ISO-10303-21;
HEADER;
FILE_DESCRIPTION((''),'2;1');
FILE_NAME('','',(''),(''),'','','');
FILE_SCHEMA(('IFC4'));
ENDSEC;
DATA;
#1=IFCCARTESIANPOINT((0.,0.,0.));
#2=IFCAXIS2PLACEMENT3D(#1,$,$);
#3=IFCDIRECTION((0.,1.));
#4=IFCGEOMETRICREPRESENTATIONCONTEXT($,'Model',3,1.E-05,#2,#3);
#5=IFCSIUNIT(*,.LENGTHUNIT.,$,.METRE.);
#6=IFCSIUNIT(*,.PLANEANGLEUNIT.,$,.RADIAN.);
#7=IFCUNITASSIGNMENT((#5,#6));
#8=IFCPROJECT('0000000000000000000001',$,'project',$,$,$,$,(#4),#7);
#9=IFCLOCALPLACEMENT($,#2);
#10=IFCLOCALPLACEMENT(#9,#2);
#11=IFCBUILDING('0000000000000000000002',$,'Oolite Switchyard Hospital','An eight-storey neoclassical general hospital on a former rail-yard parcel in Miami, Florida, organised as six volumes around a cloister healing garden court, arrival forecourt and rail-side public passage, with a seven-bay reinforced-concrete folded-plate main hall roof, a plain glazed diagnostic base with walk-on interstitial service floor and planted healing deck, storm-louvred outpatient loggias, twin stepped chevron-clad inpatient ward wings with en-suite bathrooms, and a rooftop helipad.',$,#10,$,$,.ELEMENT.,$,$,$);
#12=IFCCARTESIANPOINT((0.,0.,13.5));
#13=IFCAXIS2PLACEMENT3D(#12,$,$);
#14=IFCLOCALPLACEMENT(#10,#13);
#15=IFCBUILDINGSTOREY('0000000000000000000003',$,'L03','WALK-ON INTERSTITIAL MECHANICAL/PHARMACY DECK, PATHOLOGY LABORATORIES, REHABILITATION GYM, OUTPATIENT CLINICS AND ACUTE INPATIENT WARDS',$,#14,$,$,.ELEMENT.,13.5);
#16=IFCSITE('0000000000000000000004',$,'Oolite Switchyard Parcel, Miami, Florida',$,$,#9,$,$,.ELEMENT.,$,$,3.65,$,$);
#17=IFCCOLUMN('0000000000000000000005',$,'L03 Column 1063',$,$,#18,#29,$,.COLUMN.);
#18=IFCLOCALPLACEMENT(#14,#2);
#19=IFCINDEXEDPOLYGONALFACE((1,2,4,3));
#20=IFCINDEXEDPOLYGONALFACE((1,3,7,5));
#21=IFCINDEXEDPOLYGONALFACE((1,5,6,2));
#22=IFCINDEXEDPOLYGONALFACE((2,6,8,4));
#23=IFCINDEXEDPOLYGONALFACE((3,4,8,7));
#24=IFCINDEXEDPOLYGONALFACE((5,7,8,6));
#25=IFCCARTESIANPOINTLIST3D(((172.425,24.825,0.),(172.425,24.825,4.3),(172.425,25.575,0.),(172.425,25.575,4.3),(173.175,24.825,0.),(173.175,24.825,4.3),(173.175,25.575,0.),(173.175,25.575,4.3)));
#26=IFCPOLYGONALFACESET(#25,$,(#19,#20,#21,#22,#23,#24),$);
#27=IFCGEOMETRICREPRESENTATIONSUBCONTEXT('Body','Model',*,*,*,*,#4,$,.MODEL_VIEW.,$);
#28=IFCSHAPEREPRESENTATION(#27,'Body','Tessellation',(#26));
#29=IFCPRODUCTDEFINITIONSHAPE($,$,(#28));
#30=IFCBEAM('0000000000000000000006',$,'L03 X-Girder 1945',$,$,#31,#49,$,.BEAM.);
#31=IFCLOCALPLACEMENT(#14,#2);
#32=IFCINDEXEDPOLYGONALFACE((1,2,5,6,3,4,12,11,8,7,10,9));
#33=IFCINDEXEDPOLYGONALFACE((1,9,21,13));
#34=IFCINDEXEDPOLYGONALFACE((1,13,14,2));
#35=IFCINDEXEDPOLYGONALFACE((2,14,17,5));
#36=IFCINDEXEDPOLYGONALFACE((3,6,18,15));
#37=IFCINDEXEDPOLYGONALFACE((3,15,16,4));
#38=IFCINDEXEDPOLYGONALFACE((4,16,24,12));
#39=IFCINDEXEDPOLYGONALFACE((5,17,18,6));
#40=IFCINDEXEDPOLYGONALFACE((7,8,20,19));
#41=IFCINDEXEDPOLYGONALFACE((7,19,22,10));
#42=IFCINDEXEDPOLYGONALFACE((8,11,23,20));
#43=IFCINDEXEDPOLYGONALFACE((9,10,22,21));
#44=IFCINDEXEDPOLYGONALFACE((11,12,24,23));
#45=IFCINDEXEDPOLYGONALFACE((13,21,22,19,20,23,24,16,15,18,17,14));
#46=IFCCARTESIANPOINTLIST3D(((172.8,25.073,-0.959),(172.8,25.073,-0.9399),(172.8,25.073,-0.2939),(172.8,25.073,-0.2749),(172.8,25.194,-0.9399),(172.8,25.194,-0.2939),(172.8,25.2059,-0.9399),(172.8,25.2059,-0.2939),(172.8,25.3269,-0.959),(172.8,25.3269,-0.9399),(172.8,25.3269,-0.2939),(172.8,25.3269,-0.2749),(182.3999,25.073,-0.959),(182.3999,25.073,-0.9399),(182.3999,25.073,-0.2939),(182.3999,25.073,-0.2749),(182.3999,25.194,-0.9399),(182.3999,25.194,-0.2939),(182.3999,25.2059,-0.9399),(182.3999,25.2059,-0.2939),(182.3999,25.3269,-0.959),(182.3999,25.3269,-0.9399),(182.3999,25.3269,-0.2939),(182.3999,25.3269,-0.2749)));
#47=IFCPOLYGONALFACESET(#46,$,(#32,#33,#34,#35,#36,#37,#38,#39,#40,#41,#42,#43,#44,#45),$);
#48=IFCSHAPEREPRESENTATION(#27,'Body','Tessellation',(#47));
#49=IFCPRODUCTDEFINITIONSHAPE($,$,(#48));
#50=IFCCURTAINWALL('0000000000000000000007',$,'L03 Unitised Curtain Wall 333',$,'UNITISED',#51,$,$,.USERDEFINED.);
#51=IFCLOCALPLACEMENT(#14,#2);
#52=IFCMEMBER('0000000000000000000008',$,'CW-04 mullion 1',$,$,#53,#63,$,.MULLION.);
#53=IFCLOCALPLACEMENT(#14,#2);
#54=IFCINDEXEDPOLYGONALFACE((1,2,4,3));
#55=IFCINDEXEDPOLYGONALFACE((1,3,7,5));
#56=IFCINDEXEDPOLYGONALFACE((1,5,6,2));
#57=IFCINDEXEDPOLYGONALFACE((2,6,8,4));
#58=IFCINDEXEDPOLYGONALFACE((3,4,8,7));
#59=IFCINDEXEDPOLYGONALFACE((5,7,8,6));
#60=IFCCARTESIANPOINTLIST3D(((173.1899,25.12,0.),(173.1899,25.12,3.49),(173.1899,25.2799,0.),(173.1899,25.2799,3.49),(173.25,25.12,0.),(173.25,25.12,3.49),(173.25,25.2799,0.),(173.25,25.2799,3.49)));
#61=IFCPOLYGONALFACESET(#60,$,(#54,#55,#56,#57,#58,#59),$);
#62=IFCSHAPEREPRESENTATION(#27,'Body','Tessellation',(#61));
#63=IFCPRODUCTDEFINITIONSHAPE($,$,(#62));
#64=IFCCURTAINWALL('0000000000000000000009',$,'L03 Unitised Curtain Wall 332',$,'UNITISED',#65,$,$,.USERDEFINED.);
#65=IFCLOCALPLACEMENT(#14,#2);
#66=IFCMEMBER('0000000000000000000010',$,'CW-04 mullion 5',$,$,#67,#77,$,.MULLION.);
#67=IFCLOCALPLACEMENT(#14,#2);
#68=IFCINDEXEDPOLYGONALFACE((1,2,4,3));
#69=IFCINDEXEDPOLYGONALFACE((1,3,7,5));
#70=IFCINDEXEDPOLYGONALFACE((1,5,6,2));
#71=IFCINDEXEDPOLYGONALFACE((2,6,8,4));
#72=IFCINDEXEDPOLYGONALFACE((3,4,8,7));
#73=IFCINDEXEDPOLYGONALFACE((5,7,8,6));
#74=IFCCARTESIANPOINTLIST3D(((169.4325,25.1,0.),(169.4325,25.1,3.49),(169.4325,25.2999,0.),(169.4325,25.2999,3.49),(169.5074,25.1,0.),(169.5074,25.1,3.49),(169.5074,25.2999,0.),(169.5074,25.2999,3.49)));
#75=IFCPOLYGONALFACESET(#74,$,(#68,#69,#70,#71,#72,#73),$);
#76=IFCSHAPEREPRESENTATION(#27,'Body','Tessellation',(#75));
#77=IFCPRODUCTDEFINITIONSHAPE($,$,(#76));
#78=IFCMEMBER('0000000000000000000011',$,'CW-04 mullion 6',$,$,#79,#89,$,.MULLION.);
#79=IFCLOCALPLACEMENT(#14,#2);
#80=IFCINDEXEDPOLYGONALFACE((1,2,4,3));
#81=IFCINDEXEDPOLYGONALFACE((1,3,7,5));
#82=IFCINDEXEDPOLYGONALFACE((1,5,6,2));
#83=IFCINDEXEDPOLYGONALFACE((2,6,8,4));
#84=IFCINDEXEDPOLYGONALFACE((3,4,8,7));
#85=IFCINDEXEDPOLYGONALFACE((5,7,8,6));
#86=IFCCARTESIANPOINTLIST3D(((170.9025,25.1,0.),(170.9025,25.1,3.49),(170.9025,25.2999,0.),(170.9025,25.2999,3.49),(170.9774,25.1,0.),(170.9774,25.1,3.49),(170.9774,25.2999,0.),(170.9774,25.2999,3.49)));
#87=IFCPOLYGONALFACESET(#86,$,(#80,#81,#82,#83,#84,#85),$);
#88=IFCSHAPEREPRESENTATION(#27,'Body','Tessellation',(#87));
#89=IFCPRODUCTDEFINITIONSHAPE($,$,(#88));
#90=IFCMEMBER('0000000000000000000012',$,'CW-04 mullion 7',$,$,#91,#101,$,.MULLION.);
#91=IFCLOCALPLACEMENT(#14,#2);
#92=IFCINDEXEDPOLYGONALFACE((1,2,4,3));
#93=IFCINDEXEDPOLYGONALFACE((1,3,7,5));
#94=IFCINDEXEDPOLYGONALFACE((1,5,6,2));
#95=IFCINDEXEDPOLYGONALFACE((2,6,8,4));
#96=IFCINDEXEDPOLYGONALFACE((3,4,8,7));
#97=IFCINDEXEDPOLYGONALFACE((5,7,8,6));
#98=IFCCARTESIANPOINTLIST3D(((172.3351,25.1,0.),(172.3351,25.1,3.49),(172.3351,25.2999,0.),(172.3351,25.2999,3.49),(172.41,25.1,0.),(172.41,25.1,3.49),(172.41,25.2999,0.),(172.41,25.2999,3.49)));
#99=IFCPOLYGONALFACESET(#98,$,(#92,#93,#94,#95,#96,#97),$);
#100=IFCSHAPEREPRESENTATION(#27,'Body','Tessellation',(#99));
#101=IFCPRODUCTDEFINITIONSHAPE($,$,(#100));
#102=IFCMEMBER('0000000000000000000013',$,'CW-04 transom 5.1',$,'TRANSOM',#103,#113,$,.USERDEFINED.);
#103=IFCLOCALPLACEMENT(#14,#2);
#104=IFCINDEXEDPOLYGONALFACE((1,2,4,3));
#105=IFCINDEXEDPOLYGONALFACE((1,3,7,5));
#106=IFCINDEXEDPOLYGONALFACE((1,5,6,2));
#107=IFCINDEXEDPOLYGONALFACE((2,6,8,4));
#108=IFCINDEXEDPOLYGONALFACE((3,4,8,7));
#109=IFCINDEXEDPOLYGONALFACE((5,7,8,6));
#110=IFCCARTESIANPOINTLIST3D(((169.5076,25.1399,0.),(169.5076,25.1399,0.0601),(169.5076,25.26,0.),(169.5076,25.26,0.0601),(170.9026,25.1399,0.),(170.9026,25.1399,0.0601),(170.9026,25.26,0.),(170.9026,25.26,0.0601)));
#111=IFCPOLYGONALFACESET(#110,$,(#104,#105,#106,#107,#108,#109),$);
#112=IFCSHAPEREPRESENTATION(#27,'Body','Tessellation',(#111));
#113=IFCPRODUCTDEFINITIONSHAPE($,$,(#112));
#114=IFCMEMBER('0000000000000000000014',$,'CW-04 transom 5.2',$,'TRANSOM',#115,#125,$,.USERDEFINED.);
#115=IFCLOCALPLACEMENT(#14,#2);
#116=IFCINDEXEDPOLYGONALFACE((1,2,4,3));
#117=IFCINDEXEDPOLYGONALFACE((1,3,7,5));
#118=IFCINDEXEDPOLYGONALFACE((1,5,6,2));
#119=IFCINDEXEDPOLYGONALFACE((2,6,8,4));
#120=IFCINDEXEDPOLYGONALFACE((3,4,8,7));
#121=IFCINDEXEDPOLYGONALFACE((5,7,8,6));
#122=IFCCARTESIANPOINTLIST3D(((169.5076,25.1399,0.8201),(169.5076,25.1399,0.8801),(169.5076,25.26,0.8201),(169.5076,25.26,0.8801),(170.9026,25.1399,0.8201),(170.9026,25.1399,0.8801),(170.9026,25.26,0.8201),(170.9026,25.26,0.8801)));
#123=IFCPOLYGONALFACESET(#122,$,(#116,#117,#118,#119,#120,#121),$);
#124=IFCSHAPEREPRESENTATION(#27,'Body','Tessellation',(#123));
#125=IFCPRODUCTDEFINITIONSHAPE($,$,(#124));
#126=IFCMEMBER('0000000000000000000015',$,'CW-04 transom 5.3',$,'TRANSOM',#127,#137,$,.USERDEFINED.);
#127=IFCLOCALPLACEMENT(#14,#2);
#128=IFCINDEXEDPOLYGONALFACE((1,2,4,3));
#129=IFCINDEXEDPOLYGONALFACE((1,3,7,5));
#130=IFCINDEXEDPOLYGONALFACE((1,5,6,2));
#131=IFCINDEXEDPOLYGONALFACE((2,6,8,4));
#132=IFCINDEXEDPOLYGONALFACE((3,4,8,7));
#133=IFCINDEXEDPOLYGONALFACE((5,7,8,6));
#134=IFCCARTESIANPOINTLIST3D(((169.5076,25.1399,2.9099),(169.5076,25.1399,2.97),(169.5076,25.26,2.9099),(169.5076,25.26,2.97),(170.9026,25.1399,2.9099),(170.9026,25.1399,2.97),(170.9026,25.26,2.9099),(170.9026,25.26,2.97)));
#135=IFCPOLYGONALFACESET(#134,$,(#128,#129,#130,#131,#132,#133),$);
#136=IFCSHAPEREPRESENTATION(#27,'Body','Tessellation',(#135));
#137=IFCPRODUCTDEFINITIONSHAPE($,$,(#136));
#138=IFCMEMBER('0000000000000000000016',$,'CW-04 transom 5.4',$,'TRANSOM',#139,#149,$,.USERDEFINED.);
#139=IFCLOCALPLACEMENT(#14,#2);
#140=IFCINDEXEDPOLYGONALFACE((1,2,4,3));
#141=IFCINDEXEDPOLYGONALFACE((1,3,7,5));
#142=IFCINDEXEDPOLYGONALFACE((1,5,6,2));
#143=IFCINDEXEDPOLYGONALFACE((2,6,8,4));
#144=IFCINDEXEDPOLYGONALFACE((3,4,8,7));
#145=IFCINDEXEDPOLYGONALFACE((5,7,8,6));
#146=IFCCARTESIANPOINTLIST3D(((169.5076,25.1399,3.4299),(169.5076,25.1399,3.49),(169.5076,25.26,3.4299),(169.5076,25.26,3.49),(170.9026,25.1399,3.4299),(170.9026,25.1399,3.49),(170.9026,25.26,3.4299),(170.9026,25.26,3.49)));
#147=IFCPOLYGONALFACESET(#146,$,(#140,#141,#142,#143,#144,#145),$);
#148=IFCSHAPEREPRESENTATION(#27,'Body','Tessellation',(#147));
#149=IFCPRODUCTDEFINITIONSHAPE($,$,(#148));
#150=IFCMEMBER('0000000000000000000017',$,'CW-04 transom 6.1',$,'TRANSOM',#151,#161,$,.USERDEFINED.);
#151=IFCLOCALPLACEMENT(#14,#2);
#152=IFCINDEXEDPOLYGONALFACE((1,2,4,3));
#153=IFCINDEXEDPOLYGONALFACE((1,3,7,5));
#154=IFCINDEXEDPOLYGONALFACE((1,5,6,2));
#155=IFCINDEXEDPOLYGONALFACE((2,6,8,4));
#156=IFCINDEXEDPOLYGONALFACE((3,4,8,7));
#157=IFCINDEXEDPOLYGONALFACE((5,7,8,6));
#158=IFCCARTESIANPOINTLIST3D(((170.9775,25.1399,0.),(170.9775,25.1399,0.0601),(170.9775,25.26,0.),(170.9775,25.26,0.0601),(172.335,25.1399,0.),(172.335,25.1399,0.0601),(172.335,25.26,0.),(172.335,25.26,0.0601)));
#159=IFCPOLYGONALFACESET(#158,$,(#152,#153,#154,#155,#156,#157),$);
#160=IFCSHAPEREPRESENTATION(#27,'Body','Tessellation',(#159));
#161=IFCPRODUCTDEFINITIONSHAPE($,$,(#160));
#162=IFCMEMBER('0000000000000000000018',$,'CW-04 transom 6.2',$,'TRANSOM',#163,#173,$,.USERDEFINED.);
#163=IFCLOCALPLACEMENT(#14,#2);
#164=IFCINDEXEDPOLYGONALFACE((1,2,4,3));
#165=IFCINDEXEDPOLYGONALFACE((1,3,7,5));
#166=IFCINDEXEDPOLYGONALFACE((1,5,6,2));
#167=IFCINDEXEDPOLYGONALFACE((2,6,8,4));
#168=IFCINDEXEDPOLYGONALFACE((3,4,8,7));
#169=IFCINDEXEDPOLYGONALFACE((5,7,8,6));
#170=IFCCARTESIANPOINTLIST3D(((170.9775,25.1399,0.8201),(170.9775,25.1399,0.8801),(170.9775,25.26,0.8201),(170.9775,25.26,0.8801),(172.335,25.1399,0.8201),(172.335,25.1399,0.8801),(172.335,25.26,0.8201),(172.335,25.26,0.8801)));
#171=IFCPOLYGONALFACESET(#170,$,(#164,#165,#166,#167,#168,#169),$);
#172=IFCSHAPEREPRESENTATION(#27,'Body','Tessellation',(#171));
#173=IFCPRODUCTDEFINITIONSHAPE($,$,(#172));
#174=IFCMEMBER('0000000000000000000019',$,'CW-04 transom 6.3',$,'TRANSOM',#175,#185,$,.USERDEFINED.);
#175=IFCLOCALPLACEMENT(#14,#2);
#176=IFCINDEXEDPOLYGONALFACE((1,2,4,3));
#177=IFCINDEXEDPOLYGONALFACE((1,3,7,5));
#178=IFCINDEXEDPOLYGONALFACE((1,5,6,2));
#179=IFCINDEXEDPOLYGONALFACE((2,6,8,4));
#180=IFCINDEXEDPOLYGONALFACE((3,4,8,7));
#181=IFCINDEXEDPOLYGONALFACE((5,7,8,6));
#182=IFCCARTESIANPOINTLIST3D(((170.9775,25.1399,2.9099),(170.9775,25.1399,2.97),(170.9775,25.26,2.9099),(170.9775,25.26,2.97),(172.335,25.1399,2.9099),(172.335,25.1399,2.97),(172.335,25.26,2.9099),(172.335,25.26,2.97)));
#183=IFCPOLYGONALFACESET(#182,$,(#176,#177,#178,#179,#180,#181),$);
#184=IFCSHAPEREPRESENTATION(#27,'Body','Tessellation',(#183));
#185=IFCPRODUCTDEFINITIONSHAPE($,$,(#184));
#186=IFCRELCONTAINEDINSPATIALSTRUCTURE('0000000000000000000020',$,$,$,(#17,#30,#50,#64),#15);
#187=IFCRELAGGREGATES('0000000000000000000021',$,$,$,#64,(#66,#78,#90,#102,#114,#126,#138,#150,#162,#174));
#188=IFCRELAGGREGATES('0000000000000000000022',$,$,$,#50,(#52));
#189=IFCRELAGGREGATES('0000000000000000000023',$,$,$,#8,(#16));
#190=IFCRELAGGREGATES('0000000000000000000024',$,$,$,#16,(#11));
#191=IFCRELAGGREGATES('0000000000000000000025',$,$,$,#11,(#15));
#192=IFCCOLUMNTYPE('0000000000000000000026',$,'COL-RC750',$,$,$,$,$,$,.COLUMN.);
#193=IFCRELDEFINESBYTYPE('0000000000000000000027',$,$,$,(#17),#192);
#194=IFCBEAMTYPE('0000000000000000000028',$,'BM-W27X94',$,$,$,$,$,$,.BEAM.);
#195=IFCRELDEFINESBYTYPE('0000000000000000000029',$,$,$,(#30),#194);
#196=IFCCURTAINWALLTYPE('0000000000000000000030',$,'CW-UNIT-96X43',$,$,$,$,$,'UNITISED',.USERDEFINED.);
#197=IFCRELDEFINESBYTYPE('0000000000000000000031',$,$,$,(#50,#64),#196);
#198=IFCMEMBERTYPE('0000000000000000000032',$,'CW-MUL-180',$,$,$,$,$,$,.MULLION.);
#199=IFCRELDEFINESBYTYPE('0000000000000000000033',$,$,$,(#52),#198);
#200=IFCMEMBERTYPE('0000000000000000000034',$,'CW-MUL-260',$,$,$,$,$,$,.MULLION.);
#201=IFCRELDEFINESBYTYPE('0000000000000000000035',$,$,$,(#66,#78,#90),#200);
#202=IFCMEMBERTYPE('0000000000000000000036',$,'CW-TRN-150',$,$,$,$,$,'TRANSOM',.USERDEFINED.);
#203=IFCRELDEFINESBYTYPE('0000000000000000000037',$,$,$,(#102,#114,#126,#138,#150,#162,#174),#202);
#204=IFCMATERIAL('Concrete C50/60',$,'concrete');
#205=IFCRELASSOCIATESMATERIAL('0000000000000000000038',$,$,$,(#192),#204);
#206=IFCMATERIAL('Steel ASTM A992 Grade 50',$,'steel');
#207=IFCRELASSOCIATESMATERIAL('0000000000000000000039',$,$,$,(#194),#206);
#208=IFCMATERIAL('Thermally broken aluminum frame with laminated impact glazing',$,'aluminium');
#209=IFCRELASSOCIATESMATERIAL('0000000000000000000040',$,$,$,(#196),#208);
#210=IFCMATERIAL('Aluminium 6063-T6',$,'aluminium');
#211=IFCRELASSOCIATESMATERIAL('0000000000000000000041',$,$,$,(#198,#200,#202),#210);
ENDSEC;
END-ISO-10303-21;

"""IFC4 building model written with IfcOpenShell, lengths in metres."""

from ifc_helpers import new_model, si_unit, direction, frame, origin, origin_2d, place, context, subcontext, project, spatial, rectangle, i_section, extrude, material, material_profile, profile_set, type_object, element, aggregate, save


model = new_model("IFC4")

# Units and contexts
model_context = context("Model", 3, precision=1e-05, world=origin(), true_north=direction((0.0, 1.0)))
body_context = subcontext(model_context, "Body", "Model", "MODEL_VIEW")
ifc_project = project(units=[si_unit("LENGTHUNIT", "METRE"), si_unit("PLANEANGLEUNIT", "RADIAN")], contexts=[model_context])

# Site, building, storey
site_placement = place(None, origin())
site = spatial("IfcSite", under=ifc_project, at=site_placement, Name="Oolite Switchyard Parcel, Miami, Florida", CompositionType="ELEMENT", RefElevation=3.65)
building_placement = place(site_placement, origin())
building = spatial("IfcBuilding", under=site, at=building_placement, Name="Oolite Switchyard Hospital", Description="An eight-storey neoclassical general hospital on a former rail-yard parcel in Miami, Florida, organised as six volumes around a cloister healing garden court, arrival forecourt and rail-side public passage, with a seven-bay reinforced-concrete folded-plate main hall roof, a plain glazed diagnostic base with walk-on interstitial service floor and planted healing deck, storm-louvred outpatient loggias, twin stepped chevron-clad inpatient ward wings with en-suite bathrooms, and a rooftop helipad.", CompositionType="ELEMENT")
storey_placement = place(building_placement, frame((0.0, 0.0, 13.5)))
storey = spatial("IfcBuildingStorey", under=building, at=storey_placement, Name="L03", Description="WALK-ON INTERSTITIAL MECHANICAL/PHARMACY DECK, PATHOLOGY LABORATORIES, REHABILITATION GYM, OUTPATIENT CLINICS AND ACUTE INPATIENT WARDS", CompositionType="ELEMENT", Elevation=13.5)

# Column
ifc_material_1 = material(Name="Concrete C50/60", Category="concrete")
ifc_material_profile_1 = material_profile(ifc_material_1, rectangle(XDim=0.75, YDim=0.75, at=origin_2d()), Name="RC750X750")
ifc_profile_set_1 = profile_set([ifc_material_profile_1], Name="Concrete C50/60")
column_type = type_object("IfcColumnType", Name="COL-RC750", PredefinedType="COLUMN", material=ifc_profile_set_1)
column_placement = place(storey_placement, frame((172.8, 25.2, 0.0), z_axis=(0.0, 0.0, 1.0), x_axis=(1.0, 0.0, 0.0)))
element("IfcColumn", 1, at=column_placement, inside=storey, type_object=column_type, Name="L03 Column 1063", PredefinedType="COLUMN", context=body_context, shape_type="SweptSolid", body=[
    extrude(rectangle(XDim=0.75, YDim=0.75, at=origin_2d()), origin(), (0.0, 0.0, 1.0), 4.3),
])

# Beam
ifc_material_2 = material(Name="Steel ASTM A992 Grade 50", Category="steel")
ifc_material_profile_2 = material_profile(ifc_material_2, i_section(OverallWidth=0.2539, OverallDepth=0.6841, WebThickness=0.012, FlangeThickness=0.019, at=origin_2d()), Name="W27X94")
ifc_profile_set_2 = profile_set([ifc_material_profile_2], Name="Steel ASTM A992 Grade 50")
beam_type = type_object("IfcBeamType", Name="BM-W27X94", PredefinedType="BEAM", material=ifc_profile_set_2)
beam_placement = place(storey_placement, frame((172.8, 25.2, -0.6169), z_axis=(1.0, 0.0, 0.0), x_axis=(0.0, 1.0, 0.0)))
element("IfcBeam", 2, at=beam_placement, inside=storey, type_object=beam_type, Name="L03 X-Girder 1945", PredefinedType="BEAM", context=body_context, shape_type="SweptSolid", body=[
    extrude(i_section(OverallWidth=0.2539, OverallDepth=0.6841, WebThickness=0.012, FlangeThickness=0.019, at=origin_2d()), origin(), (0.0, 0.0, 1.0), 9.5999),
])

# Curtain wall, member
ifc_material_3 = material(Name="Thermally broken aluminum frame with laminated impact glazing", Category="aluminium")
curtain_wall_type = type_object("IfcCurtainWallType", Name="CW-UNIT-96X43", ElementType="UNITISED", PredefinedType="USERDEFINED", material=ifc_material_3)
curtain_wall_1_placement = place(storey_placement, origin())
curtain_wall_1 = element("IfcCurtainWall", 3, at=curtain_wall_1_placement, inside=storey, type_object=curtain_wall_type, Name="L03 Unitised Curtain Wall 333", ObjectType="UNITISED", PredefinedType="USERDEFINED")
ifc_material_4 = material(Name="Aluminium 6063-T6", Category="aluminium")
ifc_material_profile_3 = material_profile(ifc_material_4, rectangle(XDim=0.1599, YDim=0.0601, at=origin_2d()), Name="CWM60X160")
ifc_profile_set_3 = profile_set([ifc_material_profile_3], Name="Aluminium 6063-T6")
member_type_1 = type_object("IfcMemberType", Name="CW-MUL-180", PredefinedType="MULLION", material=ifc_profile_set_3)
member_1_placement = place(storey_placement, frame((173.22, 25.2, 0.0), z_axis=(0.0, 0.0, 1.0), x_axis=(0.0, 1.0, 0.0)))
member_1 = element("IfcMember", 4, at=member_1_placement, type_object=member_type_1, Name="CW-04 mullion 1", PredefinedType="MULLION", context=body_context, shape_type="SweptSolid", body=[
    extrude(rectangle(XDim=0.1599, YDim=0.0601, at=origin_2d()), origin(), (0.0, 0.0, 1.0), 3.49),
])

# Curtain wall, members
curtain_wall_2_placement = place(storey_placement, origin())
curtain_wall_2 = element("IfcCurtainWall", 5, at=curtain_wall_2_placement, inside=storey, type_object=curtain_wall_type, Name="L03 Unitised Curtain Wall 332", ObjectType="UNITISED", PredefinedType="USERDEFINED")
ifc_material_profile_4 = material_profile(ifc_material_4, rectangle(XDim=0.2, YDim=0.075, at=origin_2d()), Name="CWM75X200")
ifc_profile_set_4 = profile_set([ifc_material_profile_4], Name="Aluminium 6063-T6")
member_type_2 = type_object("IfcMemberType", Name="CW-MUL-260", PredefinedType="MULLION", material=ifc_profile_set_4)
member_2_placement = place(storey_placement, frame((169.47, 25.2, 0.0), z_axis=(0.0, 0.0, 1.0), x_axis=(0.0, 1.0, 0.0)))
member_2 = element("IfcMember", 6, at=member_2_placement, type_object=member_type_2, Name="CW-04 mullion 5", PredefinedType="MULLION", context=body_context, shape_type="SweptSolid", body=[
    extrude(rectangle(XDim=0.2, YDim=0.075, at=origin_2d()), origin(), (0.0, 0.0, 1.0), 3.49),
])
member_3_placement = place(storey_placement, frame((170.9399, 25.2, 0.0), z_axis=(0.0, 0.0, 1.0), x_axis=(0.0, 1.0, 0.0)))
member_3 = element("IfcMember", 7, at=member_3_placement, type_object=member_type_2, Name="CW-04 mullion 6", PredefinedType="MULLION", context=body_context, shape_type="SweptSolid", body=[
    extrude(rectangle(XDim=0.2, YDim=0.075, at=origin_2d()), origin(), (0.0, 0.0, 1.0), 3.49),
])
member_4_placement = place(storey_placement, frame((172.3726, 25.2, 0.0), z_axis=(0.0, 0.0, 1.0), x_axis=(0.0, 1.0, 0.0)))
member_4 = element("IfcMember", 8, at=member_4_placement, type_object=member_type_2, Name="CW-04 mullion 7", PredefinedType="MULLION", context=body_context, shape_type="SweptSolid", body=[
    extrude(rectangle(XDim=0.2, YDim=0.075, at=origin_2d()), origin(), (0.0, 0.0, 1.0), 3.49),
])
ifc_material_profile_5 = material_profile(ifc_material_4, rectangle(XDim=0.1201, YDim=0.0601, at=origin_2d()), Name="CWT60X120")
ifc_profile_set_5 = profile_set([ifc_material_profile_5], Name="Aluminium 6063-T6")
member_type_3 = type_object("IfcMemberType", Name="CW-TRN-150", ElementType="TRANSOM", PredefinedType="USERDEFINED", material=ifc_profile_set_5)
member_5_placement = place(storey_placement, frame((169.5076, 25.2, 0.03), z_axis=(1.0, 0.0, 0.0), x_axis=(0.0, 1.0, 0.0)))
member_5 = element("IfcMember", 9, at=member_5_placement, type_object=member_type_3, Name="CW-04 transom 5.1", ObjectType="TRANSOM", PredefinedType="USERDEFINED", context=body_context, shape_type="SweptSolid", body=[
    extrude(rectangle(XDim=0.1201, YDim=0.0601, at=origin_2d()), origin(), (0.0, 0.0, 1.0), 1.395),
])
member_6_placement = place(storey_placement, frame((169.5076, 25.2, 0.8501), z_axis=(1.0, 0.0, 0.0), x_axis=(0.0, 1.0, 0.0)))
member_6 = element("IfcMember", 10, at=member_6_placement, type_object=member_type_3, Name="CW-04 transom 5.2", ObjectType="TRANSOM", PredefinedType="USERDEFINED", context=body_context, shape_type="SweptSolid", body=[
    extrude(rectangle(XDim=0.1201, YDim=0.0601, at=origin_2d()), origin(), (0.0, 0.0, 1.0), 1.395),
])
member_7_placement = place(storey_placement, frame((169.5076, 25.2, 2.9399), z_axis=(1.0, 0.0, 0.0), x_axis=(0.0, 1.0, 0.0)))
member_7 = element("IfcMember", 11, at=member_7_placement, type_object=member_type_3, Name="CW-04 transom 5.3", ObjectType="TRANSOM", PredefinedType="USERDEFINED", context=body_context, shape_type="SweptSolid", body=[
    extrude(rectangle(XDim=0.1201, YDim=0.0601, at=origin_2d()), origin(), (0.0, 0.0, 1.0), 1.395),
])
member_8_placement = place(storey_placement, frame((169.5076, 25.2, 3.46), z_axis=(1.0, 0.0, 0.0), x_axis=(0.0, 1.0, 0.0)))
member_8 = element("IfcMember", 12, at=member_8_placement, type_object=member_type_3, Name="CW-04 transom 5.4", ObjectType="TRANSOM", PredefinedType="USERDEFINED", context=body_context, shape_type="SweptSolid", body=[
    extrude(rectangle(XDim=0.1201, YDim=0.0601, at=origin_2d()), origin(), (0.0, 0.0, 1.0), 1.395),
])
member_9_placement = place(storey_placement, frame((170.9775, 25.2, 0.03), z_axis=(1.0, 0.0, 0.0), x_axis=(0.0, 1.0, 0.0)))
member_9 = element("IfcMember", 13, at=member_9_placement, type_object=member_type_3, Name="CW-04 transom 6.1", ObjectType="TRANSOM", PredefinedType="USERDEFINED", context=body_context, shape_type="SweptSolid", body=[
    extrude(rectangle(XDim=0.1201, YDim=0.0601, at=origin_2d()), origin(), (0.0, 0.0, 1.0), 1.3574),
])
member_10_placement = place(storey_placement, frame((170.9775, 25.2, 0.8501), z_axis=(1.0, 0.0, 0.0), x_axis=(0.0, 1.0, 0.0)))
member_10 = element("IfcMember", 14, at=member_10_placement, type_object=member_type_3, Name="CW-04 transom 6.2", ObjectType="TRANSOM", PredefinedType="USERDEFINED", context=body_context, shape_type="SweptSolid", body=[
    extrude(rectangle(XDim=0.1201, YDim=0.0601, at=origin_2d()), origin(), (0.0, 0.0, 1.0), 1.3574),
])
member_11_placement = place(storey_placement, frame((170.9775, 25.2, 2.9399), z_axis=(1.0, 0.0, 0.0), x_axis=(0.0, 1.0, 0.0)))
member_11 = element("IfcMember", 15, at=member_11_placement, type_object=member_type_3, Name="CW-04 transom 6.3", ObjectType="TRANSOM", PredefinedType="USERDEFINED", context=body_context, shape_type="SweptSolid", body=[
    extrude(rectangle(XDim=0.1201, YDim=0.0601, at=origin_2d()), origin(), (0.0, 0.0, 1.0), 1.3574),
])

aggregate(curtain_wall_2, [member_2, member_3, member_4, member_5, member_6, member_7, member_8, member_9, member_10, member_11])
aggregate(curtain_wall_1, [member_1])

save(model, "model.ifc")
